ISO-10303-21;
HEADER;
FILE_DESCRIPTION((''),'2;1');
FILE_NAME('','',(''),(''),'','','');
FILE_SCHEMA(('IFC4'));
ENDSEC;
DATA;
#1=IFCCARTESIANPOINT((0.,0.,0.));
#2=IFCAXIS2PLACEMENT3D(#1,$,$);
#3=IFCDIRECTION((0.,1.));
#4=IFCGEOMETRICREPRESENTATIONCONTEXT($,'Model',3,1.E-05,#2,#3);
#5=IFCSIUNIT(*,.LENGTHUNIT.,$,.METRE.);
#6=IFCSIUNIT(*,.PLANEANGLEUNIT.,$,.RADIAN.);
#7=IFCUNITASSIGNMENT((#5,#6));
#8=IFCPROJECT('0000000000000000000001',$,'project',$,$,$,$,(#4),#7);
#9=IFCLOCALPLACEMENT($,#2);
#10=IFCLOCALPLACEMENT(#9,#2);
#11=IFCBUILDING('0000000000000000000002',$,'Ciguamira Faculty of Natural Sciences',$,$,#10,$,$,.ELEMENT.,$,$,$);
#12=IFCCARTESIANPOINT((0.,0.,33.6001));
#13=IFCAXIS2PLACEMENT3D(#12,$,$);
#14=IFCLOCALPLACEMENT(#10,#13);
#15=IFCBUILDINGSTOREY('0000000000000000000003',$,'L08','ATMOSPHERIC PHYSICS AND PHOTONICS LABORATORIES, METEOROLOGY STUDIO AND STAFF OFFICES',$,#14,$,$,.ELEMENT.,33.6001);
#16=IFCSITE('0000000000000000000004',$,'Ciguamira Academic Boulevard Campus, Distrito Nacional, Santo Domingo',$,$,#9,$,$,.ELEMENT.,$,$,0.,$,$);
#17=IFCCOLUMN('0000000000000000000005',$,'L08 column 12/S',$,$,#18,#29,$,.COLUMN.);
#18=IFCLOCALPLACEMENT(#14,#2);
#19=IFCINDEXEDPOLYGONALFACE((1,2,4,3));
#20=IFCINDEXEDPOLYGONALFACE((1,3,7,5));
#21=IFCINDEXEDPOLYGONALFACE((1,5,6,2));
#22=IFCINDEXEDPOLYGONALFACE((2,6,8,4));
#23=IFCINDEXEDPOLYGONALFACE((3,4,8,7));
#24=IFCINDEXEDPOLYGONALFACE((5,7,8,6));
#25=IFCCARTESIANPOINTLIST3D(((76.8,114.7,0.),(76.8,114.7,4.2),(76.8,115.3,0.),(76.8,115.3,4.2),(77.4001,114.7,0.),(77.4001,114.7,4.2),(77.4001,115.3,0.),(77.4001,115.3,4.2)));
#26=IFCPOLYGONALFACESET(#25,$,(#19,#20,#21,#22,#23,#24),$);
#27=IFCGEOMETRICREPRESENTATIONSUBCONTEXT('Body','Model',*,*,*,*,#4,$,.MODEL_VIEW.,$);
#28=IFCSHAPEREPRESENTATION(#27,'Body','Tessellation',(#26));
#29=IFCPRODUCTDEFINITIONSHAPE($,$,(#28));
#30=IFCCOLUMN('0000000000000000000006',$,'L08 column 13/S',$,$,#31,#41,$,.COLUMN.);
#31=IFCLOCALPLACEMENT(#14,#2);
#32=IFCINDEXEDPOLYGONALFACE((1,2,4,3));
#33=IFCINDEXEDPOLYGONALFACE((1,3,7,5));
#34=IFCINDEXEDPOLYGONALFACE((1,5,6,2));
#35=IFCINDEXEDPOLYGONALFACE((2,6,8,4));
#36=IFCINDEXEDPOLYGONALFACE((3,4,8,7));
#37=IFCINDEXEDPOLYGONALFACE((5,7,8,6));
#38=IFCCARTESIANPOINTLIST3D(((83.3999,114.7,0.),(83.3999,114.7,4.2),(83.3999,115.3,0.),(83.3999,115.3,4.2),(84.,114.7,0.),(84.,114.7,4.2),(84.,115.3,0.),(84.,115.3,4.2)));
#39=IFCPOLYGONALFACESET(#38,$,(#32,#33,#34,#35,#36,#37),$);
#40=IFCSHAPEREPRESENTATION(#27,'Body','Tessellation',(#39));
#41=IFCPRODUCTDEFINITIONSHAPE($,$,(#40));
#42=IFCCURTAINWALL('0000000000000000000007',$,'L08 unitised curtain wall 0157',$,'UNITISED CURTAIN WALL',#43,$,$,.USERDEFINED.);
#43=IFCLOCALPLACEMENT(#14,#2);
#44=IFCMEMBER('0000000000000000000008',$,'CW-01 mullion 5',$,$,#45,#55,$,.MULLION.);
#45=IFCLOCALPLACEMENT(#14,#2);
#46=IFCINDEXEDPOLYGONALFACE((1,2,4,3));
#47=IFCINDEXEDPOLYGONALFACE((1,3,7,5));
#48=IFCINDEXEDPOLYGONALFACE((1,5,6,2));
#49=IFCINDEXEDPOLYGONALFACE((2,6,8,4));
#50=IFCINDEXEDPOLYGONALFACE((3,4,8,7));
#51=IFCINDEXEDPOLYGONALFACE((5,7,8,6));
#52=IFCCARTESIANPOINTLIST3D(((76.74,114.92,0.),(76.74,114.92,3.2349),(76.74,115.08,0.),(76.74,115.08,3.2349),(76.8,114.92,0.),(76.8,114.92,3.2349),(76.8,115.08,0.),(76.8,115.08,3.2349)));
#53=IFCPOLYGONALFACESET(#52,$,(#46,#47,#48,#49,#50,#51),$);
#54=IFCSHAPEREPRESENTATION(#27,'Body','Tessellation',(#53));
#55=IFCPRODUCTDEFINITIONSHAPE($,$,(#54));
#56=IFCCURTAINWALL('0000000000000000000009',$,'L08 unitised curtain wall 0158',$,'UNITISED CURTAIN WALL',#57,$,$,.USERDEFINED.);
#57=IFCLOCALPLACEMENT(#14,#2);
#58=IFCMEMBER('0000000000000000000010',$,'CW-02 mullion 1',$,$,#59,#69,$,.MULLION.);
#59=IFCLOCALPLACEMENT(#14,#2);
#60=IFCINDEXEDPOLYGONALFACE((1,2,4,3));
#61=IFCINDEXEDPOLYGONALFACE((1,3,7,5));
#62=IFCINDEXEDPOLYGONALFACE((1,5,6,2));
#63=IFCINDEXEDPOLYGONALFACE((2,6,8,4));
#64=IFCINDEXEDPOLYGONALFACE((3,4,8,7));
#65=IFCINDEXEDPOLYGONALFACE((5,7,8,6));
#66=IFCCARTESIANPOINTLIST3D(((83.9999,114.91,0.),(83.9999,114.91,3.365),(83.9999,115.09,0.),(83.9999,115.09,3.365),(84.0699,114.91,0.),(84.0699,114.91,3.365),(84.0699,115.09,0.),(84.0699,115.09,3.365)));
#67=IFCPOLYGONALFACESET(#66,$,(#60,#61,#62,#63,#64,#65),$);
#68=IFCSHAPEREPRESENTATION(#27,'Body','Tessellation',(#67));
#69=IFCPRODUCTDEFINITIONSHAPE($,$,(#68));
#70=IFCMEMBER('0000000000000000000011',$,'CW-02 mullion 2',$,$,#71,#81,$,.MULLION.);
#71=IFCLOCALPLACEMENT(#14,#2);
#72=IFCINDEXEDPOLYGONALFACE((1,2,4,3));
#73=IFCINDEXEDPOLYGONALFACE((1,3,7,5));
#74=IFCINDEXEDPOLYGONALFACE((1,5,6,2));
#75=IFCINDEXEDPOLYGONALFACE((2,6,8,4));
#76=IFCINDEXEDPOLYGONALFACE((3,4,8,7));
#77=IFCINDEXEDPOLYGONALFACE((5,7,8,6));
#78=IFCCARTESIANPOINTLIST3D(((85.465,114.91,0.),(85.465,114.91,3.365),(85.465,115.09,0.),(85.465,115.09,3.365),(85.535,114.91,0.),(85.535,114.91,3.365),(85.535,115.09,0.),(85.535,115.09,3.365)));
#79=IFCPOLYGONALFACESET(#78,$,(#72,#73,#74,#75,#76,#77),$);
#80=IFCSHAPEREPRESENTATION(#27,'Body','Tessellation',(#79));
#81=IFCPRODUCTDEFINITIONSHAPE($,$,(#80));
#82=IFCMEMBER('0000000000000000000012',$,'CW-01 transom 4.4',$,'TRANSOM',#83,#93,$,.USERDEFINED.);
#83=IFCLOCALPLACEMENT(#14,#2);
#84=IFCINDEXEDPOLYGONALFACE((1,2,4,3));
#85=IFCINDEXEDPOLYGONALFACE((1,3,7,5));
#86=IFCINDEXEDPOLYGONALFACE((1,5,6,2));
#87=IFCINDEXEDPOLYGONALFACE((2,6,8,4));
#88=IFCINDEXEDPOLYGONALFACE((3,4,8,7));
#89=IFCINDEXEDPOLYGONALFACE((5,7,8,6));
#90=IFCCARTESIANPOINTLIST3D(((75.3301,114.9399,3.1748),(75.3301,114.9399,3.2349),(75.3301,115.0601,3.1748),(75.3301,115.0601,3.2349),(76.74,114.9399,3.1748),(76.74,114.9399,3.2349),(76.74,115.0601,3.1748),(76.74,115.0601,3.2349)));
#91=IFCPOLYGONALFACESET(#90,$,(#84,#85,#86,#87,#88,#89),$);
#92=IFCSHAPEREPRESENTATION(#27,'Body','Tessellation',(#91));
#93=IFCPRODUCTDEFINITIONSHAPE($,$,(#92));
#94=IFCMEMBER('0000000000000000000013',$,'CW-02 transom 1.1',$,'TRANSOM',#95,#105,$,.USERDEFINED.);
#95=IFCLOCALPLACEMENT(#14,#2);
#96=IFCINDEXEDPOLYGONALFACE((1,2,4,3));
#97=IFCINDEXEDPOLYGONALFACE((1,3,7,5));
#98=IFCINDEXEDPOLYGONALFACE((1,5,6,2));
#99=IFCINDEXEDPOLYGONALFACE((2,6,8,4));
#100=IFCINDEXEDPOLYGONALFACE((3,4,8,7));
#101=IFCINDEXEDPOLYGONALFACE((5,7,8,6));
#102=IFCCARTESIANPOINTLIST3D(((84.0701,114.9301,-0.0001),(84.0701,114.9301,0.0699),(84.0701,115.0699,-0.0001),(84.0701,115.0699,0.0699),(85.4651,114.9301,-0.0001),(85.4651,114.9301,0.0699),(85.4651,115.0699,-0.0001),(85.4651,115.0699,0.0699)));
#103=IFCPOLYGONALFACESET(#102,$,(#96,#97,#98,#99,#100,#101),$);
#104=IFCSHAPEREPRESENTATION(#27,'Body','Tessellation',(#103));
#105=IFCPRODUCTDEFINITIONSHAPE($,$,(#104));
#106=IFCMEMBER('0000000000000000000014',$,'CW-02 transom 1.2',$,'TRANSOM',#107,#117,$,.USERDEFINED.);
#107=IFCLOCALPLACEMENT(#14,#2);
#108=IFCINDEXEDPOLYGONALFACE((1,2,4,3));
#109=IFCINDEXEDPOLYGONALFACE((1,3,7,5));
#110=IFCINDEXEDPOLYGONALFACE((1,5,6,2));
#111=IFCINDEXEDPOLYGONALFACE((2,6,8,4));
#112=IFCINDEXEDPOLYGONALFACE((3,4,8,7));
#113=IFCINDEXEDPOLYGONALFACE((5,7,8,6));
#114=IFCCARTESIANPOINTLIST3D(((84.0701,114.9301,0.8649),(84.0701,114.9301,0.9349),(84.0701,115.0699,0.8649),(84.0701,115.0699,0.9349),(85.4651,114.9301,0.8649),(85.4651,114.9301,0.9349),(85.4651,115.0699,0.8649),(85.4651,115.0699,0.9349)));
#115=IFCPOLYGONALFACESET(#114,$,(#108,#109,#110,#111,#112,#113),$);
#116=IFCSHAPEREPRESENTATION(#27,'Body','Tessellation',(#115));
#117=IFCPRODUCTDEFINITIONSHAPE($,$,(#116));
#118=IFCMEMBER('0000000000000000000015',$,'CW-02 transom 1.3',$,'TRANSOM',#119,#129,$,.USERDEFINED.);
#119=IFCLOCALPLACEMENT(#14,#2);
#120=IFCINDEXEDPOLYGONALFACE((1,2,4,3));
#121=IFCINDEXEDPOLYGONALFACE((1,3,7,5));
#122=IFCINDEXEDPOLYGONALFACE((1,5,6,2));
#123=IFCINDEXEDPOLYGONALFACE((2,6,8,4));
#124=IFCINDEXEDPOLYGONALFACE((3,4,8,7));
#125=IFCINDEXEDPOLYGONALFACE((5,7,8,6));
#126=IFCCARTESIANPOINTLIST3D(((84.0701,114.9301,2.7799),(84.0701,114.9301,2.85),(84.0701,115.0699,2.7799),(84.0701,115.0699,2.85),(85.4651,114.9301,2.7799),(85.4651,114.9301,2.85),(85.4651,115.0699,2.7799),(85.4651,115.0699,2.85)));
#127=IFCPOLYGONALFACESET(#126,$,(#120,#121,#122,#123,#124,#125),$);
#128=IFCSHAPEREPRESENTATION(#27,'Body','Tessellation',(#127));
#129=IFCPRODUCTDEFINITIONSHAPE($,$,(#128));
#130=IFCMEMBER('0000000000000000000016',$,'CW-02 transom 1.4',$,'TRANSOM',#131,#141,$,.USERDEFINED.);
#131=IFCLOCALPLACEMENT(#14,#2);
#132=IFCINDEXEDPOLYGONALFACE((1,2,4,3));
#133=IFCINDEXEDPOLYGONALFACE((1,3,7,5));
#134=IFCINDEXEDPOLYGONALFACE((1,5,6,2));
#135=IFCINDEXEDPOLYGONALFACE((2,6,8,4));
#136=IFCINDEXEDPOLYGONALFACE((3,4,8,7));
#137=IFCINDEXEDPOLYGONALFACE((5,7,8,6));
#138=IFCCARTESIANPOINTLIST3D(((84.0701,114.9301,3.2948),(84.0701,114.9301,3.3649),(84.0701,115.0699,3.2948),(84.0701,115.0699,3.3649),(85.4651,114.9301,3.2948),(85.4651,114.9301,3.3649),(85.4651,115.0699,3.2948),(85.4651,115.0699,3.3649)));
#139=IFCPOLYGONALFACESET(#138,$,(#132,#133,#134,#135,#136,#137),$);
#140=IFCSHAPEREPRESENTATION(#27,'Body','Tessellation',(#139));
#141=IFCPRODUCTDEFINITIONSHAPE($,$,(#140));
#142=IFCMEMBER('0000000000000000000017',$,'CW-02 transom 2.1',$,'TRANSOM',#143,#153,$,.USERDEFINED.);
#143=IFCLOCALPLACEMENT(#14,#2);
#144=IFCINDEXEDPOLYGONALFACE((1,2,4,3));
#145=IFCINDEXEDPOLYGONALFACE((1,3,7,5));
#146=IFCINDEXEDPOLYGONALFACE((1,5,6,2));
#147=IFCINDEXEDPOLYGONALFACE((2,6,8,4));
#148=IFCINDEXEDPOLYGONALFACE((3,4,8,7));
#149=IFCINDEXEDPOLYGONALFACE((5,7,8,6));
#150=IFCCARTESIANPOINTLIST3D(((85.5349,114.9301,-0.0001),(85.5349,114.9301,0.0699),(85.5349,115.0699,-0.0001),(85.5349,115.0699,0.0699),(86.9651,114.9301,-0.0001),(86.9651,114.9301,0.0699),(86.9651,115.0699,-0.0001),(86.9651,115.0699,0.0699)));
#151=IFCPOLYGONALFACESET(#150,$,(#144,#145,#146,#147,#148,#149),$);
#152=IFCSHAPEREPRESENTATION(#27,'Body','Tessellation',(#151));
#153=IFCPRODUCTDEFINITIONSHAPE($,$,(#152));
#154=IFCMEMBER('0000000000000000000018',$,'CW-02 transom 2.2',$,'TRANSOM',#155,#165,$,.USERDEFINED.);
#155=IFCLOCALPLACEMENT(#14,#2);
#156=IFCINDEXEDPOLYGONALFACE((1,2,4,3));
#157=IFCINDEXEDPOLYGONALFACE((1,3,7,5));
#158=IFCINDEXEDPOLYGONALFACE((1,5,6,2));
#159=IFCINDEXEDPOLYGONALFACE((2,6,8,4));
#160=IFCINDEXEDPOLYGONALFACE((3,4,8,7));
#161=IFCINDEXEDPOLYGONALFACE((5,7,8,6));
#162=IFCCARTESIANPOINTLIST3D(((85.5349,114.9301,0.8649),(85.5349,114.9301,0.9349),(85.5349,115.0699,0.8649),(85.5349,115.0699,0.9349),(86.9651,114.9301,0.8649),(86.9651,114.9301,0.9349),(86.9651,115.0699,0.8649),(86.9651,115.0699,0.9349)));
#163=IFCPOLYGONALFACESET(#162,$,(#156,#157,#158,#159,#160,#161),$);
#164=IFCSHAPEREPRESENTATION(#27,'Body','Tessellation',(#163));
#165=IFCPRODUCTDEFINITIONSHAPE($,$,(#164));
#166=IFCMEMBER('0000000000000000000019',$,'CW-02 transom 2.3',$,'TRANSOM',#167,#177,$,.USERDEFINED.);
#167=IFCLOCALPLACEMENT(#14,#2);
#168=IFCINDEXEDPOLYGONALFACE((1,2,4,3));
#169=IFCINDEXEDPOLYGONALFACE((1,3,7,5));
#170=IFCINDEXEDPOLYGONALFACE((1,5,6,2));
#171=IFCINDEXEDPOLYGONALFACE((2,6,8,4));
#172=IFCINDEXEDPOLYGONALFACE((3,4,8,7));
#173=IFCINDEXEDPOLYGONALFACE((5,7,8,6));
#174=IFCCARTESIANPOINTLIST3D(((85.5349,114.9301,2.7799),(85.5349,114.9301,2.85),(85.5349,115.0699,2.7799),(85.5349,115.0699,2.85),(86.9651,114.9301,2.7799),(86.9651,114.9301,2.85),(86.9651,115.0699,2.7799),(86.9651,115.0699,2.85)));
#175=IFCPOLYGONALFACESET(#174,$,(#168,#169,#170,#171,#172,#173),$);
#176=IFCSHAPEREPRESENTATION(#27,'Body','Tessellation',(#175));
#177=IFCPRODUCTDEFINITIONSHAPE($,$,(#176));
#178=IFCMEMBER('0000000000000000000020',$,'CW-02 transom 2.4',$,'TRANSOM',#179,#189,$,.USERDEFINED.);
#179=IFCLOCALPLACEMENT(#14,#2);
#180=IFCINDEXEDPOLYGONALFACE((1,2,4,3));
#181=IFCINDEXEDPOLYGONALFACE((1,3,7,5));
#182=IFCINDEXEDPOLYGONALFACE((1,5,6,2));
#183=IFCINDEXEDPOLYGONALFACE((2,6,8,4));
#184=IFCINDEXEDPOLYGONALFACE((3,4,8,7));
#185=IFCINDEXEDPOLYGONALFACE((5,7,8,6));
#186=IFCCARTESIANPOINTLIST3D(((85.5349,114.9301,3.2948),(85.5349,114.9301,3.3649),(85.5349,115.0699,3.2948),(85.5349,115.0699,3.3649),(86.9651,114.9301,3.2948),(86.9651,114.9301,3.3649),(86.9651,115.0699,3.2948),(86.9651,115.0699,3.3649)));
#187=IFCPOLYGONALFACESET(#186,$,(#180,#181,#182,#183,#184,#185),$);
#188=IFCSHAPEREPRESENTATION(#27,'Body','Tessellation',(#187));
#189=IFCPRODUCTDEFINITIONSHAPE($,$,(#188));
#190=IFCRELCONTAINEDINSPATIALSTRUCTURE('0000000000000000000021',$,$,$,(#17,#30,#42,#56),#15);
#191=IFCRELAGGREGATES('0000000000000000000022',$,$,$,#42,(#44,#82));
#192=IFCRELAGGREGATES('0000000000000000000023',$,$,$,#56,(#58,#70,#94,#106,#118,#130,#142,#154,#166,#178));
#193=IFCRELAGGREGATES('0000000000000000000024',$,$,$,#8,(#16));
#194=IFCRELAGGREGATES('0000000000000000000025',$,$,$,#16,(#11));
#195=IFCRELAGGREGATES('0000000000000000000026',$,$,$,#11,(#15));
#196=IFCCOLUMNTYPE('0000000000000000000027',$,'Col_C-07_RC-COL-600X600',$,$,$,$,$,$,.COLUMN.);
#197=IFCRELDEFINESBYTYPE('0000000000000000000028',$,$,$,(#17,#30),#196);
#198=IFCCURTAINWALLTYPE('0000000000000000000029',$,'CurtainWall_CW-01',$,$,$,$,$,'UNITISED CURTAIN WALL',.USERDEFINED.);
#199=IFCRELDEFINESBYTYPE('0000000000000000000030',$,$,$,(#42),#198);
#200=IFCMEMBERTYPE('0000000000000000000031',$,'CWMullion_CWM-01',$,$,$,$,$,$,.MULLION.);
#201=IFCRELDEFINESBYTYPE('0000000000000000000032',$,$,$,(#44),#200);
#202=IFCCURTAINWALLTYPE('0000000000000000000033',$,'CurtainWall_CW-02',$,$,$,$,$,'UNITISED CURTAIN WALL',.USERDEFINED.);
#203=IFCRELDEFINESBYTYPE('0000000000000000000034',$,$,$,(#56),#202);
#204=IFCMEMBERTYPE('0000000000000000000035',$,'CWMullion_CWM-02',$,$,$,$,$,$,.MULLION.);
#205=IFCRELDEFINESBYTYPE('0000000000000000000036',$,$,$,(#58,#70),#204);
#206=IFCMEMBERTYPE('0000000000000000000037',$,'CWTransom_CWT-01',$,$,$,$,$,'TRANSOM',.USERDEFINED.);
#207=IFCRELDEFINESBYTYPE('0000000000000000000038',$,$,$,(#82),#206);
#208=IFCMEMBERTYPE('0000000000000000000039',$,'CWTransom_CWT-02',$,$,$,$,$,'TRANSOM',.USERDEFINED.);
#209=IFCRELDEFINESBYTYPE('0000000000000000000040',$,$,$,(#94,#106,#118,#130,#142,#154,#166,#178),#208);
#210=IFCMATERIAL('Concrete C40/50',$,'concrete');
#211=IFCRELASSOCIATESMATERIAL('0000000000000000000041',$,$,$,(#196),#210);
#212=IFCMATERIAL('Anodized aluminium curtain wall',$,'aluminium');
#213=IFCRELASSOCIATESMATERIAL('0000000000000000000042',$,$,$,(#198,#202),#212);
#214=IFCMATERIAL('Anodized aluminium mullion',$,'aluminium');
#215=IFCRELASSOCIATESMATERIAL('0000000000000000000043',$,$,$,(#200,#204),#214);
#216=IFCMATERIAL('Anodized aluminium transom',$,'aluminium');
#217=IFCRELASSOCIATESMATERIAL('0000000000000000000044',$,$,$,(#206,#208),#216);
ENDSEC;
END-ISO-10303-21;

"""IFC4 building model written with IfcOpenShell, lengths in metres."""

from ifc_helpers import new_model, si_unit, direction, frame, origin, origin_2d, place, context, subcontext, project, spatial, rectangle, extrude, material, material_profile, profile_set, type_object, element, aggregate, save


model = new_model("IFC4")

# Units and contexts
model_context = context("Model", 3, precision=1e-05, world=origin(), true_north=direction((0.0, 1.0)))
body_context = subcontext(model_context, "Body", "Model", "MODEL_VIEW")
ifc_project = project(units=[si_unit("LENGTHUNIT", "METRE"), si_unit("PLANEANGLEUNIT", "RADIAN")], contexts=[model_context])

# Site, building, storey
site_placement = place(None, origin())
site = spatial("IfcSite", under=ifc_project, at=site_placement, Name="Ciguamira Academic Boulevard Campus, Distrito Nacional, Santo Domingo", CompositionType="ELEMENT", RefElevation=0.0)
building_placement = place(site_placement, origin())
building = spatial("IfcBuilding", under=site, at=building_placement, Name="Ciguamira Faculty of Natural Sciences", CompositionType="ELEMENT")
storey_placement = place(building_placement, frame((0.0, 0.0, 33.6001)))
storey = spatial("IfcBuildingStorey", under=building, at=storey_placement, Name="L08", Description="ATMOSPHERIC PHYSICS AND PHOTONICS LABORATORIES, METEOROLOGY STUDIO AND STAFF OFFICES", CompositionType="ELEMENT", Elevation=33.6001)

# Columns
ifc_material_1 = material(Name="Concrete C40/50", Category="concrete")
ifc_material_profile_1 = material_profile(ifc_material_1, rectangle(XDim=0.6001, YDim=0.6001, at=origin_2d()), Name="RC-COL-600X600")
ifc_profile_set_1 = profile_set([ifc_material_profile_1], Name="Concrete C40/50")
column_type = type_object("IfcColumnType", Name="Col_C-07_RC-COL-600X600", PredefinedType="COLUMN", material=ifc_profile_set_1)
for number, where, z_axis, x_axis, name in (
    (1, (77.1001, 115.0, 0.0), (0.0, 0.0, 1.0), (1.0, 0.0, 0.0), "L08 column 12/S"),
    (2, (83.7, 115.0, 0.0), (0.0, 0.0, 1.0), (1.0, 0.0, 0.0), "L08 column 13/S"),
):
    element("IfcColumn", number, at=place(storey_placement, frame(where, z_axis=z_axis, x_axis=x_axis)), inside=storey, type_object=column_type, Name=name, PredefinedType="COLUMN", context=body_context, shape_type="SweptSolid", body=[
        extrude(rectangle(XDim=0.6001, YDim=0.6001, at=origin_2d()), origin(), (0.0, 0.0, 1.0), 4.2),
    ])

# Curtain wall, member
ifc_material_2 = material(Name="Anodized aluminium curtain wall", Category="aluminium")
curtain_wall_type_1 = type_object("IfcCurtainWallType", Name="CurtainWall_CW-01", ElementType="UNITISED CURTAIN WALL", PredefinedType="USERDEFINED", material=ifc_material_2)
curtain_wall_1_placement = place(storey_placement, origin())
curtain_wall_1 = element("IfcCurtainWall", 3, at=curtain_wall_1_placement, inside=storey, type_object=curtain_wall_type_1, Name="L08 unitised curtain wall 0157", ObjectType="UNITISED CURTAIN WALL", PredefinedType="USERDEFINED")
ifc_material_3 = material(Name="Anodized aluminium mullion", Category="aluminium")
ifc_material_profile_2 = material_profile(ifc_material_3, rectangle(XDim=0.0601, YDim=0.1599, at=origin_2d()), Name="ALU-MUL-60X160")
ifc_profile_set_2 = profile_set([ifc_material_profile_2], Name="Anodized aluminium mullion")
member_type_1 = type_object("IfcMemberType", Name="CWMullion_CWM-01", PredefinedType="MULLION", material=ifc_profile_set_2)
member_1_placement = place(storey_placement, frame((76.77, 115.0, 0.0), z_axis=(0.0, 0.0, 1.0), x_axis=(1.0, 0.0, 0.0)))
member_1 = element("IfcMember", 4, at=member_1_placement, type_object=member_type_1, Name="CW-01 mullion 5", PredefinedType="MULLION", context=body_context, shape_type="SweptSolid", body=[
    extrude(rectangle(XDim=0.0601, YDim=0.1599, at=origin_2d()), origin(), (0.0, 0.0, 1.0), 3.2349),
])

# Curtain wall, members
curtain_wall_type_2 = type_object("IfcCurtainWallType", Name="CurtainWall_CW-02", ElementType="UNITISED CURTAIN WALL", PredefinedType="USERDEFINED", material=ifc_material_2)
curtain_wall_2_placement = place(storey_placement, origin())
curtain_wall_2 = element("IfcCurtainWall", 5, at=curtain_wall_2_placement, inside=storey, type_object=curtain_wall_type_2, Name="L08 unitised curtain wall 0158", ObjectType="UNITISED CURTAIN WALL", PredefinedType="USERDEFINED")
ifc_material_profile_3 = material_profile(ifc_material_3, rectangle(XDim=0.0701, YDim=0.1799, at=origin_2d()), Name="ALU-MUL-70X180")
ifc_profile_set_3 = profile_set([ifc_material_profile_3], Name="Anodized aluminium mullion")
member_type_2 = type_object("IfcMemberType", Name="CWMullion_CWM-02", PredefinedType="MULLION", material=ifc_profile_set_3)
member_2_placement = place(storey_placement, frame((84.0349, 115.0, 0.0), z_axis=(0.0, 0.0, 1.0), x_axis=(1.0, 0.0, 0.0)))
member_2 = element("IfcMember", 6, at=member_2_placement, type_object=member_type_2, Name="CW-02 mullion 1", PredefinedType="MULLION", context=body_context, shape_type="SweptSolid", body=[
    extrude(rectangle(XDim=0.0701, YDim=0.1799, at=origin_2d()), origin(), (0.0, 0.0, 1.0), 3.365),
])
member_3_placement = place(storey_placement, frame((85.5, 115.0, 0.0), z_axis=(0.0, 0.0, 1.0), x_axis=(1.0, 0.0, 0.0)))
member_3 = element("IfcMember", 7, at=member_3_placement, type_object=member_type_2, Name="CW-02 mullion 2", PredefinedType="MULLION", context=body_context, shape_type="SweptSolid", body=[
    extrude(rectangle(XDim=0.0701, YDim=0.1799, at=origin_2d()), origin(), (0.0, 0.0, 1.0), 3.365),
])

# Members
ifc_material_4 = material(Name="Anodized aluminium transom", Category="aluminium")
ifc_material_profile_4 = material_profile(ifc_material_4, rectangle(XDim=0.0601, YDim=0.1201, at=origin_2d()), Name="ALU-TRN-60X120")
ifc_profile_set_4 = profile_set([ifc_material_profile_4], Name="Anodized aluminium transom")
member_type_3 = type_object("IfcMemberType", Name="CWTransom_CWT-01", ElementType="TRANSOM", PredefinedType="USERDEFINED", material=ifc_profile_set_4)
member_4_placement = place(storey_placement, frame((75.3301, 115.0, 3.2048), z_axis=(1.0, 0.0, 0.0), x_axis=(0.0, 0.0, 1.0)))
member_4 = element("IfcMember", 8, at=member_4_placement, type_object=member_type_3, Name="CW-01 transom 4.4", ObjectType="TRANSOM", PredefinedType="USERDEFINED", context=body_context, shape_type="SweptSolid", body=[
    extrude(rectangle(XDim=0.0601, YDim=0.1201, at=origin_2d()), origin(), (0.0, 0.0, 1.0), 1.4099),
])
ifc_material_profile_5 = material_profile(ifc_material_4, rectangle(XDim=0.0701, YDim=0.1399, at=origin_2d()), Name="ALU-TRN-70X140")
ifc_profile_set_5 = profile_set([ifc_material_profile_5], Name="Anodized aluminium transom")
member_type_4 = type_object("IfcMemberType", Name="CWTransom_CWT-02", ElementType="TRANSOM", PredefinedType="USERDEFINED", material=ifc_profile_set_5)
member_5_placement = place(storey_placement, frame((84.0701, 115.0, 0.0349), z_axis=(1.0, 0.0, 0.0), x_axis=(0.0, 0.0, 1.0)))
member_5 = element("IfcMember", 9, at=member_5_placement, type_object=member_type_4, Name="CW-02 transom 1.1", ObjectType="TRANSOM", PredefinedType="USERDEFINED", context=body_context, shape_type="SweptSolid", body=[
    extrude(rectangle(XDim=0.0701, YDim=0.1399, at=origin_2d()), origin(), (0.0, 0.0, 1.0), 1.395),
])
member_6_placement = place(storey_placement, frame((84.0701, 115.0, 0.8999), z_axis=(1.0, 0.0, 0.0), x_axis=(0.0, 0.0, 1.0)))
member_6 = element("IfcMember", 10, at=member_6_placement, type_object=member_type_4, Name="CW-02 transom 1.2", ObjectType="TRANSOM", PredefinedType="USERDEFINED", context=body_context, shape_type="SweptSolid", body=[
    extrude(rectangle(XDim=0.0701, YDim=0.1399, at=origin_2d()), origin(), (0.0, 0.0, 1.0), 1.395),
])
member_7_placement = place(storey_placement, frame((84.0701, 115.0, 2.8149), z_axis=(1.0, 0.0, 0.0), x_axis=(0.0, 0.0, 1.0)))
member_7 = element("IfcMember", 11, at=member_7_placement, type_object=member_type_4, Name="CW-02 transom 1.3", ObjectType="TRANSOM", PredefinedType="USERDEFINED", context=body_context, shape_type="SweptSolid", body=[
    extrude(rectangle(XDim=0.0701, YDim=0.1399, at=origin_2d()), origin(), (0.0, 0.0, 1.0), 1.395),
])
member_8_placement = place(storey_placement, frame((84.0701, 115.0, 3.3298), z_axis=(1.0, 0.0, 0.0), x_axis=(0.0, 0.0, 1.0)))
member_8 = element("IfcMember", 12, at=member_8_placement, type_object=member_type_4, Name="CW-02 transom 1.4", ObjectType="TRANSOM", PredefinedType="USERDEFINED", context=body_context, shape_type="SweptSolid", body=[
    extrude(rectangle(XDim=0.0701, YDim=0.1399, at=origin_2d()), origin(), (0.0, 0.0, 1.0), 1.395),
])
member_9_placement = place(storey_placement, frame((85.5349, 115.0, 0.0349), z_axis=(1.0, 0.0, 0.0), x_axis=(0.0, 0.0, 1.0)))
member_9 = element("IfcMember", 13, at=member_9_placement, type_object=member_type_4, Name="CW-02 transom 2.1", ObjectType="TRANSOM", PredefinedType="USERDEFINED", context=body_context, shape_type="SweptSolid", body=[
    extrude(rectangle(XDim=0.0701, YDim=0.1399, at=origin_2d()), origin(), (0.0, 0.0, 1.0), 1.4302),
])
member_10_placement = place(storey_placement, frame((85.5349, 115.0, 0.8999), z_axis=(1.0, 0.0, 0.0), x_axis=(0.0, 0.0, 1.0)))
member_10 = element("IfcMember", 14, at=member_10_placement, type_object=member_type_4, Name="CW-02 transom 2.2", ObjectType="TRANSOM", PredefinedType="USERDEFINED", context=body_context, shape_type="SweptSolid", body=[
    extrude(rectangle(XDim=0.0701, YDim=0.1399, at=origin_2d()), origin(), (0.0, 0.0, 1.0), 1.4302),
])
member_11_placement = place(storey_placement, frame((85.5349, 115.0, 2.8149), z_axis=(1.0, 0.0, 0.0), x_axis=(0.0, 0.0, 1.0)))
member_11 = element("IfcMember", 15, at=member_11_placement, type_object=member_type_4, Name="CW-02 transom 2.3", ObjectType="TRANSOM", PredefinedType="USERDEFINED", context=body_context, shape_type="SweptSolid", body=[
    extrude(rectangle(XDim=0.0701, YDim=0.1399, at=origin_2d()), origin(), (0.0, 0.0, 1.0), 1.4302),
])
member_12_placement = place(storey_placement, frame((85.5349, 115.0, 3.3298), z_axis=(1.0, 0.0, 0.0), x_axis=(0.0, 0.0, 1.0)))
member_12 = element("IfcMember", 16, at=member_12_placement, type_object=member_type_4, Name="CW-02 transom 2.4", ObjectType="TRANSOM", PredefinedType="USERDEFINED", context=body_context, shape_type="SweptSolid", body=[
    extrude(rectangle(XDim=0.0701, YDim=0.1399, at=origin_2d()), origin(), (0.0, 0.0, 1.0), 1.4302),
])

aggregate(curtain_wall_1, [member_1, member_4])
aggregate(curtain_wall_2, [member_2, member_3, member_5, member_6, member_7, member_8, member_9, member_10, member_11, member_12])

save(model, "model.ifc")
